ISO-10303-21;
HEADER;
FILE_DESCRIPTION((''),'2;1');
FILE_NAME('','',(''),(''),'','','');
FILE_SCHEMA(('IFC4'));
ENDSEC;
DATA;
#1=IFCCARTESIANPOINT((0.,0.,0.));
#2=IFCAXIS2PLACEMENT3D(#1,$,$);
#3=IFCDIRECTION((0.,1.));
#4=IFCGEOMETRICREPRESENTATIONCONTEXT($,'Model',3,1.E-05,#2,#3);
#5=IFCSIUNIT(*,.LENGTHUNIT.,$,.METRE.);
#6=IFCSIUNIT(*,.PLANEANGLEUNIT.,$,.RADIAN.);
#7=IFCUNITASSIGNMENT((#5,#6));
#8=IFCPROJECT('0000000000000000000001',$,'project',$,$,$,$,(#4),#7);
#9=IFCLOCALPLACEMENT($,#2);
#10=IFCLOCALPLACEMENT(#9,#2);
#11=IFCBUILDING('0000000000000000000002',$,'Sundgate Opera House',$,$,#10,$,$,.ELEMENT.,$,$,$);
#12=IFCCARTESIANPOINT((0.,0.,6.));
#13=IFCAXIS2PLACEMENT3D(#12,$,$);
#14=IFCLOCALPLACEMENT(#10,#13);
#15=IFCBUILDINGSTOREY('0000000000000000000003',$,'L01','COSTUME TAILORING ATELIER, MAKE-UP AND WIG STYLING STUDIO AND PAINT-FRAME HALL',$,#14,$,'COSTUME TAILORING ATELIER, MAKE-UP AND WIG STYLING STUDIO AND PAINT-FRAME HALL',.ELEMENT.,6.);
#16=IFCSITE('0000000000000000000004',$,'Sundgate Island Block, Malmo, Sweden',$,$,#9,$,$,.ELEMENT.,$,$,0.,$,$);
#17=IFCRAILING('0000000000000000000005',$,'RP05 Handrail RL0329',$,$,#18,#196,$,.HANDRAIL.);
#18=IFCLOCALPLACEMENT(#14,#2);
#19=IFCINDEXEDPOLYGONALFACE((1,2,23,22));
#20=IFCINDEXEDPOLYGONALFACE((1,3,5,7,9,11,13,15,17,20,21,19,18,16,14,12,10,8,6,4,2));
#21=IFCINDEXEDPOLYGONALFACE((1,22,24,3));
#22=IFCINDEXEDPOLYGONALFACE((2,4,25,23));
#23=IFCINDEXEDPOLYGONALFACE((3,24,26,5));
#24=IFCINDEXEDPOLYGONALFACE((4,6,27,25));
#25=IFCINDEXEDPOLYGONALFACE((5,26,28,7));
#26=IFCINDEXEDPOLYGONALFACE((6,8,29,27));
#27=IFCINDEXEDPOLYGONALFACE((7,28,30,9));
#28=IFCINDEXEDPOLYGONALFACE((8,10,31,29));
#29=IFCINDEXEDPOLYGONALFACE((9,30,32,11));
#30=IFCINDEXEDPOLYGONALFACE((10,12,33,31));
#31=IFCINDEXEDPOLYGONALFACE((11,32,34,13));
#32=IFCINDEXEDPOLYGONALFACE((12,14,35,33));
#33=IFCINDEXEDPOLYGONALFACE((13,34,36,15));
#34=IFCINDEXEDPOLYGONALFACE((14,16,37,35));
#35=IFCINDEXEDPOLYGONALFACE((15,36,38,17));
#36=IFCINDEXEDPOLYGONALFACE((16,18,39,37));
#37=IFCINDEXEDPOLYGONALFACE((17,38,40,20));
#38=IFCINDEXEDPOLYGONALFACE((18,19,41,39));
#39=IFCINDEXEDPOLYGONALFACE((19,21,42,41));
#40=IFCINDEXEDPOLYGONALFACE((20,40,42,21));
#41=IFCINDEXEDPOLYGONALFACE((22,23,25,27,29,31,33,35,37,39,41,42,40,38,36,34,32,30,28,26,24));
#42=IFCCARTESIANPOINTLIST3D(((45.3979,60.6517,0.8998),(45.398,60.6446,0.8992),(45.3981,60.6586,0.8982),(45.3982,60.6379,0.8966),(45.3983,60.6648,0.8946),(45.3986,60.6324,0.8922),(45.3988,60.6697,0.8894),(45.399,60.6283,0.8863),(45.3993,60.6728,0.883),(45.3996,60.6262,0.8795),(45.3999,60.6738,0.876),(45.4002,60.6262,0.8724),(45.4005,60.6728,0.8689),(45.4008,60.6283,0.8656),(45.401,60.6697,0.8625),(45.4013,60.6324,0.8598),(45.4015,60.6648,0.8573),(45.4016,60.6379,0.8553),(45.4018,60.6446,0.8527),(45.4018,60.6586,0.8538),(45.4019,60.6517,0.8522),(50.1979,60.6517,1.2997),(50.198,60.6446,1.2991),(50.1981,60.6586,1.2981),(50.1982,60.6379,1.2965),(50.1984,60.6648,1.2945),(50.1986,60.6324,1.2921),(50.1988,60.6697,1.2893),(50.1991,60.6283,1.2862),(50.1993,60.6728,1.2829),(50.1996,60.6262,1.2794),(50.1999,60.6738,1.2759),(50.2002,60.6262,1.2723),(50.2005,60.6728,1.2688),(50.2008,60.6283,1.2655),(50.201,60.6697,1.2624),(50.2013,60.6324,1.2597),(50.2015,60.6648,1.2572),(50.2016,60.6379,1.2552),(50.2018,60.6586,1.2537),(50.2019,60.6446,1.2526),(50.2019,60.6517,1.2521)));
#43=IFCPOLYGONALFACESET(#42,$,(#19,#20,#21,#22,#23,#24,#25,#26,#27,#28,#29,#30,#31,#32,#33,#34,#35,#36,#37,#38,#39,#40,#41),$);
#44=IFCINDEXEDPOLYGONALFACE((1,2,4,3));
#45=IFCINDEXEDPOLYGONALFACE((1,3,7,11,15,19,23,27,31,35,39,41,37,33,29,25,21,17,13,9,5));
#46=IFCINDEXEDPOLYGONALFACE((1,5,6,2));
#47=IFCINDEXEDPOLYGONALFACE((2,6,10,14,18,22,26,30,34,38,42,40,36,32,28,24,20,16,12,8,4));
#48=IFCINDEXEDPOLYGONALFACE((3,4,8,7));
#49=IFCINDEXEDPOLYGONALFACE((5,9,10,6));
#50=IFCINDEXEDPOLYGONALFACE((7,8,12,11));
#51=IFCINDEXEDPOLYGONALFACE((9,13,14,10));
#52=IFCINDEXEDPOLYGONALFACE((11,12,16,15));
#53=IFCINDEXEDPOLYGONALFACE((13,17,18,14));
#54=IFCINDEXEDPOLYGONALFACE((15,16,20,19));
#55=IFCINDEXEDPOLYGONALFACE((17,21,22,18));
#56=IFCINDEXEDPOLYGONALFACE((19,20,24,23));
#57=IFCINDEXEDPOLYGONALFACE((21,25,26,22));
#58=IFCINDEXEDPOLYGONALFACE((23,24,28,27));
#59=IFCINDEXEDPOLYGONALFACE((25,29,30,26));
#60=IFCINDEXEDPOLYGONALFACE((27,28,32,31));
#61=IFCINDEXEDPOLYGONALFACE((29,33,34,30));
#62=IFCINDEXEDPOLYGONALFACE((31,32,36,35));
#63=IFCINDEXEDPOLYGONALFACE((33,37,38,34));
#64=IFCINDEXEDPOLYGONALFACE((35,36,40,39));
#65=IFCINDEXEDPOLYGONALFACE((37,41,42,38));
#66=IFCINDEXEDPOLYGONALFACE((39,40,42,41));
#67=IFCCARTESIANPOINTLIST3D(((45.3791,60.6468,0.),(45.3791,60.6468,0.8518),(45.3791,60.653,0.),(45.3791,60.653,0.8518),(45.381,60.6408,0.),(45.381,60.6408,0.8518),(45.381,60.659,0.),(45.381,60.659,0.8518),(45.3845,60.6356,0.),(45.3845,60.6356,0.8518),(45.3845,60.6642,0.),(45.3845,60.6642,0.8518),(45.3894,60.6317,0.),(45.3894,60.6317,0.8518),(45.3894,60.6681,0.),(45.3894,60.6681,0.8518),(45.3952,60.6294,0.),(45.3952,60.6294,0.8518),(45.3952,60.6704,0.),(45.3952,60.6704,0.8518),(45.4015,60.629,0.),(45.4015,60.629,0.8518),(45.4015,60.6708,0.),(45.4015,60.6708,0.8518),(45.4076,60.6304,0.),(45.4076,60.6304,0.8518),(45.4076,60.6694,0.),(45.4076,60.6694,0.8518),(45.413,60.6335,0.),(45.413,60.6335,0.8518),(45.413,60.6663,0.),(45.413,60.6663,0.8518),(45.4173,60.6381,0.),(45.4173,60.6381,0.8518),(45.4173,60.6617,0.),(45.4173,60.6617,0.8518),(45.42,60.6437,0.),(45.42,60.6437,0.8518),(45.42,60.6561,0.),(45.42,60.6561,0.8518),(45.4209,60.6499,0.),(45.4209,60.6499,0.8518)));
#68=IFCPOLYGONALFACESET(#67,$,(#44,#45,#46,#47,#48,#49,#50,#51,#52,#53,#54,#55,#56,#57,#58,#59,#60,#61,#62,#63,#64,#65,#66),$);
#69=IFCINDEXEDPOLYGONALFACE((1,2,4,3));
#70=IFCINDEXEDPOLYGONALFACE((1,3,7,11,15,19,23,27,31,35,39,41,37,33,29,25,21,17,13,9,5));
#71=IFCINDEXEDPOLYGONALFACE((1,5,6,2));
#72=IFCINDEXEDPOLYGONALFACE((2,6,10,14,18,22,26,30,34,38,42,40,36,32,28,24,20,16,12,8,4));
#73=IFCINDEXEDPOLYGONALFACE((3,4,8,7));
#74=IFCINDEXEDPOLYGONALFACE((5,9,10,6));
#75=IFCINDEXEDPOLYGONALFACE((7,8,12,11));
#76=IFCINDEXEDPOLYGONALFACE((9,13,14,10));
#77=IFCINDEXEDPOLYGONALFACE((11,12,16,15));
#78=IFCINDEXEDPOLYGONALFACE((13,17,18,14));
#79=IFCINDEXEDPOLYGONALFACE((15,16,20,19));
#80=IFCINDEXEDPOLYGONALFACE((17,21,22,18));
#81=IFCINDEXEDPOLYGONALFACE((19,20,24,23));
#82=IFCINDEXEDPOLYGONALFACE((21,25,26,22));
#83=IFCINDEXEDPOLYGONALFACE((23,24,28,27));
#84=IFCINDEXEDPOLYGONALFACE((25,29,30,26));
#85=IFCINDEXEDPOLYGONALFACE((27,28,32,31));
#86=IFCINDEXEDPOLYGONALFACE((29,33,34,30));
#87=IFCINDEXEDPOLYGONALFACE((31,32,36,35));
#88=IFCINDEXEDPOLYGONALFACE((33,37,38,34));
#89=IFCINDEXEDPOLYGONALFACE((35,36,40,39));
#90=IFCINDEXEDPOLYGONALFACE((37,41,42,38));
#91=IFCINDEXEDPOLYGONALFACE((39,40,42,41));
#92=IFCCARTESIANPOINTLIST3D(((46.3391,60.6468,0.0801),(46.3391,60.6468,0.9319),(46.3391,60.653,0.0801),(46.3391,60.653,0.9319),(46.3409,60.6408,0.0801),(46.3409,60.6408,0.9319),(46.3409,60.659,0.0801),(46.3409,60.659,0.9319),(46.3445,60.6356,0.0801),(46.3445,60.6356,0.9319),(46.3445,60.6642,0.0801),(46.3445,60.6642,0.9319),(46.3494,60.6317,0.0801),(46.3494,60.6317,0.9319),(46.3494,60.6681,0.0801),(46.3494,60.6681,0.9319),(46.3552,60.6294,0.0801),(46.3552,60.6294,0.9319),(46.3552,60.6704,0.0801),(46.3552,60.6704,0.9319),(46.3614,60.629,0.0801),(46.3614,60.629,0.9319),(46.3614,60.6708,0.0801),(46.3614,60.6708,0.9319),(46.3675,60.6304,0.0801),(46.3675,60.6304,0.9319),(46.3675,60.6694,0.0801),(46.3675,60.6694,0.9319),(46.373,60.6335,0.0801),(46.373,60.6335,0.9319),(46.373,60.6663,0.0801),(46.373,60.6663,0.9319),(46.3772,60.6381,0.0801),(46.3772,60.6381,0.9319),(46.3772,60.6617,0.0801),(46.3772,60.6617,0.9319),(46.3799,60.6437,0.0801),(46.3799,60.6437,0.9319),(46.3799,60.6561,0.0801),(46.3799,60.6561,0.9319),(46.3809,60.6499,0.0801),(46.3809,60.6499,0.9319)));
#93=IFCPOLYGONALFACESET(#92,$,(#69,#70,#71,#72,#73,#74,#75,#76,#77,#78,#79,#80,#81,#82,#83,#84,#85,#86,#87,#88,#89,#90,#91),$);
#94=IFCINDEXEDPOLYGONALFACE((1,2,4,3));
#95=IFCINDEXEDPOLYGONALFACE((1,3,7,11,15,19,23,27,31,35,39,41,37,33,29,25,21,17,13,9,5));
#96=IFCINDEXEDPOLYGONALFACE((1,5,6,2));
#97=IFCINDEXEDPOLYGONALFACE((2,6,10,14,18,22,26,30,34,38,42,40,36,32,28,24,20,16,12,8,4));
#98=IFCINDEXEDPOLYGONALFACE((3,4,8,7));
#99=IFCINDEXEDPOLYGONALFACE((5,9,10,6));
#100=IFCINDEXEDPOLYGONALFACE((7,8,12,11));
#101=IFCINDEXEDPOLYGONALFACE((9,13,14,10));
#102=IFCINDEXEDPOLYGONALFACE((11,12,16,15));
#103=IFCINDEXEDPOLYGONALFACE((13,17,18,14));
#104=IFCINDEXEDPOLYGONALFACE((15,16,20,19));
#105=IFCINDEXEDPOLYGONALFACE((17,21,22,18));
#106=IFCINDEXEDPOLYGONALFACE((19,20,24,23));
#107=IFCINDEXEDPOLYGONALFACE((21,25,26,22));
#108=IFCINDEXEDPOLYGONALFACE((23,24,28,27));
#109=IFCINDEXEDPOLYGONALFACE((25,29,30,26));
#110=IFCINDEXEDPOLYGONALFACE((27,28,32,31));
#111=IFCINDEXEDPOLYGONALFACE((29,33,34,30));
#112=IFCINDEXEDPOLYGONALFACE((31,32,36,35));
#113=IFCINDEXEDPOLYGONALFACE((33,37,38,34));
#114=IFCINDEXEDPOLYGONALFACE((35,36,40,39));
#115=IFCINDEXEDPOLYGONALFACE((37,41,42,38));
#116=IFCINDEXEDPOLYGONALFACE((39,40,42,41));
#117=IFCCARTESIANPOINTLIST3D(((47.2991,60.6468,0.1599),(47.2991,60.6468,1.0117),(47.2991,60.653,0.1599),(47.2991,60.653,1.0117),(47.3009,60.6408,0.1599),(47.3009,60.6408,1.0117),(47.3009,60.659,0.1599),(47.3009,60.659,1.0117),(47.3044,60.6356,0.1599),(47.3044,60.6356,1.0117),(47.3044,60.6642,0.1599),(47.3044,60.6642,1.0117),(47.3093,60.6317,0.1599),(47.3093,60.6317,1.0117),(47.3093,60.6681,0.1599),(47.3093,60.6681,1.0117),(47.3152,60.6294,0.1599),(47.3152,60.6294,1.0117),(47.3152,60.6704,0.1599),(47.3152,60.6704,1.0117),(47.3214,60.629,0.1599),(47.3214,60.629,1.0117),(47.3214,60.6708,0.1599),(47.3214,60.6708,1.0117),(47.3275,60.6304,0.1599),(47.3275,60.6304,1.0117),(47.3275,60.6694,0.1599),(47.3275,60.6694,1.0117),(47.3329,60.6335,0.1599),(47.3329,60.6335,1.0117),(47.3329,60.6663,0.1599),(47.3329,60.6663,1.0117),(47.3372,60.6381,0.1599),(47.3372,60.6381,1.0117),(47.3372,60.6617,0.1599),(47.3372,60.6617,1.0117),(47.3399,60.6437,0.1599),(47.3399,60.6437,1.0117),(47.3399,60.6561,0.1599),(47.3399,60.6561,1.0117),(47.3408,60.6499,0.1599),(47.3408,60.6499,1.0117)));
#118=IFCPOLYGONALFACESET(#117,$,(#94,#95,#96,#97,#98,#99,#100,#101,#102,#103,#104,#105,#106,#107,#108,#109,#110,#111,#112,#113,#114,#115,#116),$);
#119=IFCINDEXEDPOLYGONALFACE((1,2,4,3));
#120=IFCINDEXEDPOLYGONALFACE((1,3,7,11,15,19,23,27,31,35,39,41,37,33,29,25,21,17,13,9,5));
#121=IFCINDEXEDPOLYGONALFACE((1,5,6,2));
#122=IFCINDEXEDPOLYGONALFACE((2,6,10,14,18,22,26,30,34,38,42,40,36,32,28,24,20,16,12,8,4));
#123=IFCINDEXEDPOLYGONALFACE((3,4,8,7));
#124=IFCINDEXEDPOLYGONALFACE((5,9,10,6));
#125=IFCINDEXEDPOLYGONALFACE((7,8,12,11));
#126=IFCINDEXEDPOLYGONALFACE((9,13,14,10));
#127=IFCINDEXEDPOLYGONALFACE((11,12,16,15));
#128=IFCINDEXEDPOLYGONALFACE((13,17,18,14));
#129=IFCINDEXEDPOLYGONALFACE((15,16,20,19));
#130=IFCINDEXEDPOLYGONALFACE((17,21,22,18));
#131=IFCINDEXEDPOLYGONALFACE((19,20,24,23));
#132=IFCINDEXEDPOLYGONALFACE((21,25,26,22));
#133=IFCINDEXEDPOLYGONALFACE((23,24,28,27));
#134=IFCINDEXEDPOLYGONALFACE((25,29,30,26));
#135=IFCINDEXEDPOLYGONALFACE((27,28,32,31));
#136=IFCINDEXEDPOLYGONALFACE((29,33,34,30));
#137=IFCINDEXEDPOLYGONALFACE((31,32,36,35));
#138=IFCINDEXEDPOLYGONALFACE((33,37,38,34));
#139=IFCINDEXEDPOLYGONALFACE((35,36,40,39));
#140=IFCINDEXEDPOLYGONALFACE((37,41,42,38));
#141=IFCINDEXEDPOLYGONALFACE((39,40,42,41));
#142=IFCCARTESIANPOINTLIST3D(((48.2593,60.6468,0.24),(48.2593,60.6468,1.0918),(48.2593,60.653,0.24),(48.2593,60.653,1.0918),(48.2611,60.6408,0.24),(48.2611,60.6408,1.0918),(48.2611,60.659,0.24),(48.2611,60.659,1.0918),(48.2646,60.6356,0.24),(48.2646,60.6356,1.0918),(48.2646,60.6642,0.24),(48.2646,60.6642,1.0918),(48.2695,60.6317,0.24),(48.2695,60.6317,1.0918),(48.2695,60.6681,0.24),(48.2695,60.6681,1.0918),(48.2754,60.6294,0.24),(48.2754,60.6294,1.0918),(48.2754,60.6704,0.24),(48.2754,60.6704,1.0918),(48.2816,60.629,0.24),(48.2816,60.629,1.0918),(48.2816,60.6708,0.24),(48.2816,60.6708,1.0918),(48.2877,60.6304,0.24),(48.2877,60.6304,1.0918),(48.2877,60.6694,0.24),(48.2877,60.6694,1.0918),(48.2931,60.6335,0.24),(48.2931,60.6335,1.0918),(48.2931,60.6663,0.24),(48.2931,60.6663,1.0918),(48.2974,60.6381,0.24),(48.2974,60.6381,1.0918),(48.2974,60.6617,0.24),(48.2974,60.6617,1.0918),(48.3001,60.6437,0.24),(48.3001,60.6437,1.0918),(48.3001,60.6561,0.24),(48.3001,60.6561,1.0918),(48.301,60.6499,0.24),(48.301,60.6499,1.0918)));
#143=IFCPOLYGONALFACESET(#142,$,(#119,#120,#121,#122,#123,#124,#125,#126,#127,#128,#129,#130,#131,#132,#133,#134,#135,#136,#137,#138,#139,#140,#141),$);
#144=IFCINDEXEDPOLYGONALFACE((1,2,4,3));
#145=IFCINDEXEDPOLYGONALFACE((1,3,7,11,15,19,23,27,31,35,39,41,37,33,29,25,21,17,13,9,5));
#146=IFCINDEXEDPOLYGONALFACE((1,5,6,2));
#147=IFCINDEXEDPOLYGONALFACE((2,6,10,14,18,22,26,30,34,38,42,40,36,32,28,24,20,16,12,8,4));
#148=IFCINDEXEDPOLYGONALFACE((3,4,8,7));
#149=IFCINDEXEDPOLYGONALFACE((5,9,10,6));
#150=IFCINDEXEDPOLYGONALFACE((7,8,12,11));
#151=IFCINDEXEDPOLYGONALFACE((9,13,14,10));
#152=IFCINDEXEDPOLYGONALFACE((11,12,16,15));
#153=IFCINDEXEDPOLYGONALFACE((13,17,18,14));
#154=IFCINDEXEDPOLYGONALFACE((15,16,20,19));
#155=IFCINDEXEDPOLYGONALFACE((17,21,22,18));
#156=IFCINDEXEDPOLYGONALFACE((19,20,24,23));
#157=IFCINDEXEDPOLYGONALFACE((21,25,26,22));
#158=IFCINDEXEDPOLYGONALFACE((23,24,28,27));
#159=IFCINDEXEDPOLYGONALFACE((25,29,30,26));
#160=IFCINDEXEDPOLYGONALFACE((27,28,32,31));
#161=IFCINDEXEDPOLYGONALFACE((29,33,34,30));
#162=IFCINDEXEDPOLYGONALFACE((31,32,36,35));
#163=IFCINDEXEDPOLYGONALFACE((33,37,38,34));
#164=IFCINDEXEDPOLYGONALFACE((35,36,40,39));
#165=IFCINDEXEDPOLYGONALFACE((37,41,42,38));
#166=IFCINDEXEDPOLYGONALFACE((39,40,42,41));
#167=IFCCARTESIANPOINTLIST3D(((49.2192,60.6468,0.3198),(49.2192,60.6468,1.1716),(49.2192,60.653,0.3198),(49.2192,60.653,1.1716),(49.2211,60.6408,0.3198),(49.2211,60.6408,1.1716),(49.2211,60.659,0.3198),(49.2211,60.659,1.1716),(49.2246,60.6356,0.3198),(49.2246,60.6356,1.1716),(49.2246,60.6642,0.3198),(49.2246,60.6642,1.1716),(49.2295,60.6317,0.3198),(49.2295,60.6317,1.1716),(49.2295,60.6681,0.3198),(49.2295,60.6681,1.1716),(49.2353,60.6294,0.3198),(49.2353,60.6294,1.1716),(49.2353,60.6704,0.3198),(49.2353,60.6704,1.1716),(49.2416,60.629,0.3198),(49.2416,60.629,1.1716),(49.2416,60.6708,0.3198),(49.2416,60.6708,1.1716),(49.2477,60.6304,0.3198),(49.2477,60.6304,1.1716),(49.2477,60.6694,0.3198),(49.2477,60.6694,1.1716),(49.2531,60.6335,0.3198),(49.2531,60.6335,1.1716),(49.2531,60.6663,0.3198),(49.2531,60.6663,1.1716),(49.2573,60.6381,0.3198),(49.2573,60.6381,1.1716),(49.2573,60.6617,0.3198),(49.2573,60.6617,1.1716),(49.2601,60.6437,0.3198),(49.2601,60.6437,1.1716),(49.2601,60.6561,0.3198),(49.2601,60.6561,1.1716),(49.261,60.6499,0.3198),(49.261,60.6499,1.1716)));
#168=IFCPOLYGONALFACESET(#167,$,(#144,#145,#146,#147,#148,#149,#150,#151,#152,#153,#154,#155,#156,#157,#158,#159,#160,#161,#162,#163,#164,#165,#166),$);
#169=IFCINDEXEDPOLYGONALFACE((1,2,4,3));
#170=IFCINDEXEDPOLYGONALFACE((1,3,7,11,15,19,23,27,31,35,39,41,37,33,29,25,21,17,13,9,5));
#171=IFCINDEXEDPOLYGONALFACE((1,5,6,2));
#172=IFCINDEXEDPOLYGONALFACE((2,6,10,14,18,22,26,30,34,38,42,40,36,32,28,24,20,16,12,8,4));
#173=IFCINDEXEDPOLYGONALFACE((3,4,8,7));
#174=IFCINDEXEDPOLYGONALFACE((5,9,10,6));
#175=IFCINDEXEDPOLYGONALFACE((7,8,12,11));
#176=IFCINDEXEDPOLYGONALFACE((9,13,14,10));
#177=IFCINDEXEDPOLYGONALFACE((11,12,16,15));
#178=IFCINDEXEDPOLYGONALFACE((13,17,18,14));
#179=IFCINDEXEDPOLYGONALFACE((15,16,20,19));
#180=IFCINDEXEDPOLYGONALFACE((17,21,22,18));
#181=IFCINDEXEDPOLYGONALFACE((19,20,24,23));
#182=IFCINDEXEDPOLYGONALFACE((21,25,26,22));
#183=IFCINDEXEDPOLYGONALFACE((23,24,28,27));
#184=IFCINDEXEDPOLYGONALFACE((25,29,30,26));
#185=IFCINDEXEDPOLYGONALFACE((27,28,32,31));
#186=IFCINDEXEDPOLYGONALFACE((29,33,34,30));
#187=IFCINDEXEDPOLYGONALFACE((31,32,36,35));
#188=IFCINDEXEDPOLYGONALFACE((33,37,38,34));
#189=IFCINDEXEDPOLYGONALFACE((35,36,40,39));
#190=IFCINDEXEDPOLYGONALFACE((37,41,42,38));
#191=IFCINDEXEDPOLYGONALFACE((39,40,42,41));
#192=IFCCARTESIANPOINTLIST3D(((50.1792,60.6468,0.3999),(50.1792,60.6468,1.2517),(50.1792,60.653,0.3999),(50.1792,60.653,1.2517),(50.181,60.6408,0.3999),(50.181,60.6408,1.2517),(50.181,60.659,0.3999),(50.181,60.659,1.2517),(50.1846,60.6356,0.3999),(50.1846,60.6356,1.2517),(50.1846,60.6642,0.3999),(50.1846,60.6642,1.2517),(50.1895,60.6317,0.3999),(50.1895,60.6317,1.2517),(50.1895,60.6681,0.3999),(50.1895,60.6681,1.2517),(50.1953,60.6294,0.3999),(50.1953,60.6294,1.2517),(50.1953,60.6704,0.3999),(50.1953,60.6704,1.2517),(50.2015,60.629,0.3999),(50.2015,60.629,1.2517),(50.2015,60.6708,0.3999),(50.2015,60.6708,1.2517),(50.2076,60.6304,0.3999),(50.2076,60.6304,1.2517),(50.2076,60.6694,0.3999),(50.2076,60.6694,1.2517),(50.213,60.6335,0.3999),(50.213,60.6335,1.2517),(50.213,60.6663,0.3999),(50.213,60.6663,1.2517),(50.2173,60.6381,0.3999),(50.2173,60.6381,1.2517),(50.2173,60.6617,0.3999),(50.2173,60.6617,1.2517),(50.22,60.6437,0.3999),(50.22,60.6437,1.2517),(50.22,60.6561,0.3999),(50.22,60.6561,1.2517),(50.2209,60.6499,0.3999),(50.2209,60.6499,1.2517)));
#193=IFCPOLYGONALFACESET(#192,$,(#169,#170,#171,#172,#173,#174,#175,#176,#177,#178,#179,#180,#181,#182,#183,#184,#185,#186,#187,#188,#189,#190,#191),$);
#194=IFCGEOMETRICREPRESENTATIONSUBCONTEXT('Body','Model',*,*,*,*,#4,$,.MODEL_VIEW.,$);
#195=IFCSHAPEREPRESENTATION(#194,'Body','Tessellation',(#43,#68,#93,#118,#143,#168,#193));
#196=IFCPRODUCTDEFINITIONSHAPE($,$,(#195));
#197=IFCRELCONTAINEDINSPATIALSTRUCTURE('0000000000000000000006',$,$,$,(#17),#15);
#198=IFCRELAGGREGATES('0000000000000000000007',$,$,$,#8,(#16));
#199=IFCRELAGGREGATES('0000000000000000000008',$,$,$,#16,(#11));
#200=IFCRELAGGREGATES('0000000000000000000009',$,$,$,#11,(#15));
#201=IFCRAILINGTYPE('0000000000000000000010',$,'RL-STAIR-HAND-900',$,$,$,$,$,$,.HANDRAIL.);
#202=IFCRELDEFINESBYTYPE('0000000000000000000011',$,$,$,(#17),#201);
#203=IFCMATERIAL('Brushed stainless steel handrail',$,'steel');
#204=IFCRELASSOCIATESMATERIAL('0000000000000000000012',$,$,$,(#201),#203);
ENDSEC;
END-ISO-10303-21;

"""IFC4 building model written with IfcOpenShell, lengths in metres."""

from ifc_helpers import new_model, si_unit, direction, frame, origin, origin_2d, place, context, subcontext, project, spatial, circle, extrude, material, type_object, element, save


model = new_model("IFC4")

# Units and contexts
model_context = context("Model", 3, precision=1e-05, world=origin(), true_north=direction((0.0, 1.0)))
body_context = subcontext(model_context, "Body", "Model", "MODEL_VIEW")
ifc_project = project(units=[si_unit("LENGTHUNIT", "METRE"), si_unit("PLANEANGLEUNIT", "RADIAN")], contexts=[model_context])

# Site, building, storey
site_placement = place(None, origin())
site = spatial("IfcSite", under=ifc_project, at=site_placement, Name="Sundgate Island Block, Malmo, Sweden", CompositionType="ELEMENT", RefElevation=0.0)
building_placement = place(site_placement, origin())
building = spatial("IfcBuilding", under=site, at=building_placement, Name="Sundgate Opera House", CompositionType="ELEMENT")
storey_placement = place(building_placement, frame((0.0, 0.0, 6.0)))
storey = spatial("IfcBuildingStorey", under=building, at=storey_placement, Name="L01", Description="COSTUME TAILORING ATELIER, MAKE-UP AND WIG STYLING STUDIO AND PAINT-FRAME HALL", LongName="COSTUME TAILORING ATELIER, MAKE-UP AND WIG STYLING STUDIO AND PAINT-FRAME HALL", CompositionType="ELEMENT", Elevation=6.0)

# Railing
ifc_material_1 = material(Name="Brushed stainless steel handrail", Category="steel")
railing_type = type_object("IfcRailingType", Name="RL-STAIR-HAND-900", PredefinedType="HANDRAIL", material=ifc_material_1)
for number, where, name in (
    (1, (45.3999, 60.6499, 0.0), "RP05 Handrail RL0329"),
):
    element("IfcRailing", number, at=place(storey_placement, frame(where)), inside=storey, type_object=railing_type, Name=name, PredefinedType="HANDRAIL", context=body_context, shape_type="SweptSolid", body=[
        extrude(circle(Radius=0.0239, at=origin_2d()), frame((0.0, 0.0, 0.876), z_axis=(0.996548, 0.0, 0.083025), x_axis=(0.0, 1.0, 0.0)), (0.0, 0.0, 1.0), 4.8167),
        extrude(circle(Radius=0.021, at=origin_2d()), origin(), (0.0, 0.0, 1.0), 0.8518),
        extrude(circle(Radius=0.021, at=origin_2d()), frame((0.96, 0.0, 0.0801)), (0.0, 0.0, 1.0), 0.8518),
        extrude(circle(Radius=0.021, at=origin_2d()), frame((1.9199, 0.0, 0.1599)), (0.0, 0.0, 1.0), 0.8518),
        extrude(circle(Radius=0.021, at=origin_2d()), frame((2.8801, 0.0, 0.24)), (0.0, 0.0, 1.0), 0.8518),
        extrude(circle(Radius=0.021, at=origin_2d()), frame((3.8401, 0.0, 0.3198)), (0.0, 0.0, 1.0), 0.8518),
        extrude(circle(Radius=0.021, at=origin_2d()), frame((4.8, 0.0, 0.3999)), (0.0, 0.0, 1.0), 0.8518),
    ])

save(model, "model.ifc")
